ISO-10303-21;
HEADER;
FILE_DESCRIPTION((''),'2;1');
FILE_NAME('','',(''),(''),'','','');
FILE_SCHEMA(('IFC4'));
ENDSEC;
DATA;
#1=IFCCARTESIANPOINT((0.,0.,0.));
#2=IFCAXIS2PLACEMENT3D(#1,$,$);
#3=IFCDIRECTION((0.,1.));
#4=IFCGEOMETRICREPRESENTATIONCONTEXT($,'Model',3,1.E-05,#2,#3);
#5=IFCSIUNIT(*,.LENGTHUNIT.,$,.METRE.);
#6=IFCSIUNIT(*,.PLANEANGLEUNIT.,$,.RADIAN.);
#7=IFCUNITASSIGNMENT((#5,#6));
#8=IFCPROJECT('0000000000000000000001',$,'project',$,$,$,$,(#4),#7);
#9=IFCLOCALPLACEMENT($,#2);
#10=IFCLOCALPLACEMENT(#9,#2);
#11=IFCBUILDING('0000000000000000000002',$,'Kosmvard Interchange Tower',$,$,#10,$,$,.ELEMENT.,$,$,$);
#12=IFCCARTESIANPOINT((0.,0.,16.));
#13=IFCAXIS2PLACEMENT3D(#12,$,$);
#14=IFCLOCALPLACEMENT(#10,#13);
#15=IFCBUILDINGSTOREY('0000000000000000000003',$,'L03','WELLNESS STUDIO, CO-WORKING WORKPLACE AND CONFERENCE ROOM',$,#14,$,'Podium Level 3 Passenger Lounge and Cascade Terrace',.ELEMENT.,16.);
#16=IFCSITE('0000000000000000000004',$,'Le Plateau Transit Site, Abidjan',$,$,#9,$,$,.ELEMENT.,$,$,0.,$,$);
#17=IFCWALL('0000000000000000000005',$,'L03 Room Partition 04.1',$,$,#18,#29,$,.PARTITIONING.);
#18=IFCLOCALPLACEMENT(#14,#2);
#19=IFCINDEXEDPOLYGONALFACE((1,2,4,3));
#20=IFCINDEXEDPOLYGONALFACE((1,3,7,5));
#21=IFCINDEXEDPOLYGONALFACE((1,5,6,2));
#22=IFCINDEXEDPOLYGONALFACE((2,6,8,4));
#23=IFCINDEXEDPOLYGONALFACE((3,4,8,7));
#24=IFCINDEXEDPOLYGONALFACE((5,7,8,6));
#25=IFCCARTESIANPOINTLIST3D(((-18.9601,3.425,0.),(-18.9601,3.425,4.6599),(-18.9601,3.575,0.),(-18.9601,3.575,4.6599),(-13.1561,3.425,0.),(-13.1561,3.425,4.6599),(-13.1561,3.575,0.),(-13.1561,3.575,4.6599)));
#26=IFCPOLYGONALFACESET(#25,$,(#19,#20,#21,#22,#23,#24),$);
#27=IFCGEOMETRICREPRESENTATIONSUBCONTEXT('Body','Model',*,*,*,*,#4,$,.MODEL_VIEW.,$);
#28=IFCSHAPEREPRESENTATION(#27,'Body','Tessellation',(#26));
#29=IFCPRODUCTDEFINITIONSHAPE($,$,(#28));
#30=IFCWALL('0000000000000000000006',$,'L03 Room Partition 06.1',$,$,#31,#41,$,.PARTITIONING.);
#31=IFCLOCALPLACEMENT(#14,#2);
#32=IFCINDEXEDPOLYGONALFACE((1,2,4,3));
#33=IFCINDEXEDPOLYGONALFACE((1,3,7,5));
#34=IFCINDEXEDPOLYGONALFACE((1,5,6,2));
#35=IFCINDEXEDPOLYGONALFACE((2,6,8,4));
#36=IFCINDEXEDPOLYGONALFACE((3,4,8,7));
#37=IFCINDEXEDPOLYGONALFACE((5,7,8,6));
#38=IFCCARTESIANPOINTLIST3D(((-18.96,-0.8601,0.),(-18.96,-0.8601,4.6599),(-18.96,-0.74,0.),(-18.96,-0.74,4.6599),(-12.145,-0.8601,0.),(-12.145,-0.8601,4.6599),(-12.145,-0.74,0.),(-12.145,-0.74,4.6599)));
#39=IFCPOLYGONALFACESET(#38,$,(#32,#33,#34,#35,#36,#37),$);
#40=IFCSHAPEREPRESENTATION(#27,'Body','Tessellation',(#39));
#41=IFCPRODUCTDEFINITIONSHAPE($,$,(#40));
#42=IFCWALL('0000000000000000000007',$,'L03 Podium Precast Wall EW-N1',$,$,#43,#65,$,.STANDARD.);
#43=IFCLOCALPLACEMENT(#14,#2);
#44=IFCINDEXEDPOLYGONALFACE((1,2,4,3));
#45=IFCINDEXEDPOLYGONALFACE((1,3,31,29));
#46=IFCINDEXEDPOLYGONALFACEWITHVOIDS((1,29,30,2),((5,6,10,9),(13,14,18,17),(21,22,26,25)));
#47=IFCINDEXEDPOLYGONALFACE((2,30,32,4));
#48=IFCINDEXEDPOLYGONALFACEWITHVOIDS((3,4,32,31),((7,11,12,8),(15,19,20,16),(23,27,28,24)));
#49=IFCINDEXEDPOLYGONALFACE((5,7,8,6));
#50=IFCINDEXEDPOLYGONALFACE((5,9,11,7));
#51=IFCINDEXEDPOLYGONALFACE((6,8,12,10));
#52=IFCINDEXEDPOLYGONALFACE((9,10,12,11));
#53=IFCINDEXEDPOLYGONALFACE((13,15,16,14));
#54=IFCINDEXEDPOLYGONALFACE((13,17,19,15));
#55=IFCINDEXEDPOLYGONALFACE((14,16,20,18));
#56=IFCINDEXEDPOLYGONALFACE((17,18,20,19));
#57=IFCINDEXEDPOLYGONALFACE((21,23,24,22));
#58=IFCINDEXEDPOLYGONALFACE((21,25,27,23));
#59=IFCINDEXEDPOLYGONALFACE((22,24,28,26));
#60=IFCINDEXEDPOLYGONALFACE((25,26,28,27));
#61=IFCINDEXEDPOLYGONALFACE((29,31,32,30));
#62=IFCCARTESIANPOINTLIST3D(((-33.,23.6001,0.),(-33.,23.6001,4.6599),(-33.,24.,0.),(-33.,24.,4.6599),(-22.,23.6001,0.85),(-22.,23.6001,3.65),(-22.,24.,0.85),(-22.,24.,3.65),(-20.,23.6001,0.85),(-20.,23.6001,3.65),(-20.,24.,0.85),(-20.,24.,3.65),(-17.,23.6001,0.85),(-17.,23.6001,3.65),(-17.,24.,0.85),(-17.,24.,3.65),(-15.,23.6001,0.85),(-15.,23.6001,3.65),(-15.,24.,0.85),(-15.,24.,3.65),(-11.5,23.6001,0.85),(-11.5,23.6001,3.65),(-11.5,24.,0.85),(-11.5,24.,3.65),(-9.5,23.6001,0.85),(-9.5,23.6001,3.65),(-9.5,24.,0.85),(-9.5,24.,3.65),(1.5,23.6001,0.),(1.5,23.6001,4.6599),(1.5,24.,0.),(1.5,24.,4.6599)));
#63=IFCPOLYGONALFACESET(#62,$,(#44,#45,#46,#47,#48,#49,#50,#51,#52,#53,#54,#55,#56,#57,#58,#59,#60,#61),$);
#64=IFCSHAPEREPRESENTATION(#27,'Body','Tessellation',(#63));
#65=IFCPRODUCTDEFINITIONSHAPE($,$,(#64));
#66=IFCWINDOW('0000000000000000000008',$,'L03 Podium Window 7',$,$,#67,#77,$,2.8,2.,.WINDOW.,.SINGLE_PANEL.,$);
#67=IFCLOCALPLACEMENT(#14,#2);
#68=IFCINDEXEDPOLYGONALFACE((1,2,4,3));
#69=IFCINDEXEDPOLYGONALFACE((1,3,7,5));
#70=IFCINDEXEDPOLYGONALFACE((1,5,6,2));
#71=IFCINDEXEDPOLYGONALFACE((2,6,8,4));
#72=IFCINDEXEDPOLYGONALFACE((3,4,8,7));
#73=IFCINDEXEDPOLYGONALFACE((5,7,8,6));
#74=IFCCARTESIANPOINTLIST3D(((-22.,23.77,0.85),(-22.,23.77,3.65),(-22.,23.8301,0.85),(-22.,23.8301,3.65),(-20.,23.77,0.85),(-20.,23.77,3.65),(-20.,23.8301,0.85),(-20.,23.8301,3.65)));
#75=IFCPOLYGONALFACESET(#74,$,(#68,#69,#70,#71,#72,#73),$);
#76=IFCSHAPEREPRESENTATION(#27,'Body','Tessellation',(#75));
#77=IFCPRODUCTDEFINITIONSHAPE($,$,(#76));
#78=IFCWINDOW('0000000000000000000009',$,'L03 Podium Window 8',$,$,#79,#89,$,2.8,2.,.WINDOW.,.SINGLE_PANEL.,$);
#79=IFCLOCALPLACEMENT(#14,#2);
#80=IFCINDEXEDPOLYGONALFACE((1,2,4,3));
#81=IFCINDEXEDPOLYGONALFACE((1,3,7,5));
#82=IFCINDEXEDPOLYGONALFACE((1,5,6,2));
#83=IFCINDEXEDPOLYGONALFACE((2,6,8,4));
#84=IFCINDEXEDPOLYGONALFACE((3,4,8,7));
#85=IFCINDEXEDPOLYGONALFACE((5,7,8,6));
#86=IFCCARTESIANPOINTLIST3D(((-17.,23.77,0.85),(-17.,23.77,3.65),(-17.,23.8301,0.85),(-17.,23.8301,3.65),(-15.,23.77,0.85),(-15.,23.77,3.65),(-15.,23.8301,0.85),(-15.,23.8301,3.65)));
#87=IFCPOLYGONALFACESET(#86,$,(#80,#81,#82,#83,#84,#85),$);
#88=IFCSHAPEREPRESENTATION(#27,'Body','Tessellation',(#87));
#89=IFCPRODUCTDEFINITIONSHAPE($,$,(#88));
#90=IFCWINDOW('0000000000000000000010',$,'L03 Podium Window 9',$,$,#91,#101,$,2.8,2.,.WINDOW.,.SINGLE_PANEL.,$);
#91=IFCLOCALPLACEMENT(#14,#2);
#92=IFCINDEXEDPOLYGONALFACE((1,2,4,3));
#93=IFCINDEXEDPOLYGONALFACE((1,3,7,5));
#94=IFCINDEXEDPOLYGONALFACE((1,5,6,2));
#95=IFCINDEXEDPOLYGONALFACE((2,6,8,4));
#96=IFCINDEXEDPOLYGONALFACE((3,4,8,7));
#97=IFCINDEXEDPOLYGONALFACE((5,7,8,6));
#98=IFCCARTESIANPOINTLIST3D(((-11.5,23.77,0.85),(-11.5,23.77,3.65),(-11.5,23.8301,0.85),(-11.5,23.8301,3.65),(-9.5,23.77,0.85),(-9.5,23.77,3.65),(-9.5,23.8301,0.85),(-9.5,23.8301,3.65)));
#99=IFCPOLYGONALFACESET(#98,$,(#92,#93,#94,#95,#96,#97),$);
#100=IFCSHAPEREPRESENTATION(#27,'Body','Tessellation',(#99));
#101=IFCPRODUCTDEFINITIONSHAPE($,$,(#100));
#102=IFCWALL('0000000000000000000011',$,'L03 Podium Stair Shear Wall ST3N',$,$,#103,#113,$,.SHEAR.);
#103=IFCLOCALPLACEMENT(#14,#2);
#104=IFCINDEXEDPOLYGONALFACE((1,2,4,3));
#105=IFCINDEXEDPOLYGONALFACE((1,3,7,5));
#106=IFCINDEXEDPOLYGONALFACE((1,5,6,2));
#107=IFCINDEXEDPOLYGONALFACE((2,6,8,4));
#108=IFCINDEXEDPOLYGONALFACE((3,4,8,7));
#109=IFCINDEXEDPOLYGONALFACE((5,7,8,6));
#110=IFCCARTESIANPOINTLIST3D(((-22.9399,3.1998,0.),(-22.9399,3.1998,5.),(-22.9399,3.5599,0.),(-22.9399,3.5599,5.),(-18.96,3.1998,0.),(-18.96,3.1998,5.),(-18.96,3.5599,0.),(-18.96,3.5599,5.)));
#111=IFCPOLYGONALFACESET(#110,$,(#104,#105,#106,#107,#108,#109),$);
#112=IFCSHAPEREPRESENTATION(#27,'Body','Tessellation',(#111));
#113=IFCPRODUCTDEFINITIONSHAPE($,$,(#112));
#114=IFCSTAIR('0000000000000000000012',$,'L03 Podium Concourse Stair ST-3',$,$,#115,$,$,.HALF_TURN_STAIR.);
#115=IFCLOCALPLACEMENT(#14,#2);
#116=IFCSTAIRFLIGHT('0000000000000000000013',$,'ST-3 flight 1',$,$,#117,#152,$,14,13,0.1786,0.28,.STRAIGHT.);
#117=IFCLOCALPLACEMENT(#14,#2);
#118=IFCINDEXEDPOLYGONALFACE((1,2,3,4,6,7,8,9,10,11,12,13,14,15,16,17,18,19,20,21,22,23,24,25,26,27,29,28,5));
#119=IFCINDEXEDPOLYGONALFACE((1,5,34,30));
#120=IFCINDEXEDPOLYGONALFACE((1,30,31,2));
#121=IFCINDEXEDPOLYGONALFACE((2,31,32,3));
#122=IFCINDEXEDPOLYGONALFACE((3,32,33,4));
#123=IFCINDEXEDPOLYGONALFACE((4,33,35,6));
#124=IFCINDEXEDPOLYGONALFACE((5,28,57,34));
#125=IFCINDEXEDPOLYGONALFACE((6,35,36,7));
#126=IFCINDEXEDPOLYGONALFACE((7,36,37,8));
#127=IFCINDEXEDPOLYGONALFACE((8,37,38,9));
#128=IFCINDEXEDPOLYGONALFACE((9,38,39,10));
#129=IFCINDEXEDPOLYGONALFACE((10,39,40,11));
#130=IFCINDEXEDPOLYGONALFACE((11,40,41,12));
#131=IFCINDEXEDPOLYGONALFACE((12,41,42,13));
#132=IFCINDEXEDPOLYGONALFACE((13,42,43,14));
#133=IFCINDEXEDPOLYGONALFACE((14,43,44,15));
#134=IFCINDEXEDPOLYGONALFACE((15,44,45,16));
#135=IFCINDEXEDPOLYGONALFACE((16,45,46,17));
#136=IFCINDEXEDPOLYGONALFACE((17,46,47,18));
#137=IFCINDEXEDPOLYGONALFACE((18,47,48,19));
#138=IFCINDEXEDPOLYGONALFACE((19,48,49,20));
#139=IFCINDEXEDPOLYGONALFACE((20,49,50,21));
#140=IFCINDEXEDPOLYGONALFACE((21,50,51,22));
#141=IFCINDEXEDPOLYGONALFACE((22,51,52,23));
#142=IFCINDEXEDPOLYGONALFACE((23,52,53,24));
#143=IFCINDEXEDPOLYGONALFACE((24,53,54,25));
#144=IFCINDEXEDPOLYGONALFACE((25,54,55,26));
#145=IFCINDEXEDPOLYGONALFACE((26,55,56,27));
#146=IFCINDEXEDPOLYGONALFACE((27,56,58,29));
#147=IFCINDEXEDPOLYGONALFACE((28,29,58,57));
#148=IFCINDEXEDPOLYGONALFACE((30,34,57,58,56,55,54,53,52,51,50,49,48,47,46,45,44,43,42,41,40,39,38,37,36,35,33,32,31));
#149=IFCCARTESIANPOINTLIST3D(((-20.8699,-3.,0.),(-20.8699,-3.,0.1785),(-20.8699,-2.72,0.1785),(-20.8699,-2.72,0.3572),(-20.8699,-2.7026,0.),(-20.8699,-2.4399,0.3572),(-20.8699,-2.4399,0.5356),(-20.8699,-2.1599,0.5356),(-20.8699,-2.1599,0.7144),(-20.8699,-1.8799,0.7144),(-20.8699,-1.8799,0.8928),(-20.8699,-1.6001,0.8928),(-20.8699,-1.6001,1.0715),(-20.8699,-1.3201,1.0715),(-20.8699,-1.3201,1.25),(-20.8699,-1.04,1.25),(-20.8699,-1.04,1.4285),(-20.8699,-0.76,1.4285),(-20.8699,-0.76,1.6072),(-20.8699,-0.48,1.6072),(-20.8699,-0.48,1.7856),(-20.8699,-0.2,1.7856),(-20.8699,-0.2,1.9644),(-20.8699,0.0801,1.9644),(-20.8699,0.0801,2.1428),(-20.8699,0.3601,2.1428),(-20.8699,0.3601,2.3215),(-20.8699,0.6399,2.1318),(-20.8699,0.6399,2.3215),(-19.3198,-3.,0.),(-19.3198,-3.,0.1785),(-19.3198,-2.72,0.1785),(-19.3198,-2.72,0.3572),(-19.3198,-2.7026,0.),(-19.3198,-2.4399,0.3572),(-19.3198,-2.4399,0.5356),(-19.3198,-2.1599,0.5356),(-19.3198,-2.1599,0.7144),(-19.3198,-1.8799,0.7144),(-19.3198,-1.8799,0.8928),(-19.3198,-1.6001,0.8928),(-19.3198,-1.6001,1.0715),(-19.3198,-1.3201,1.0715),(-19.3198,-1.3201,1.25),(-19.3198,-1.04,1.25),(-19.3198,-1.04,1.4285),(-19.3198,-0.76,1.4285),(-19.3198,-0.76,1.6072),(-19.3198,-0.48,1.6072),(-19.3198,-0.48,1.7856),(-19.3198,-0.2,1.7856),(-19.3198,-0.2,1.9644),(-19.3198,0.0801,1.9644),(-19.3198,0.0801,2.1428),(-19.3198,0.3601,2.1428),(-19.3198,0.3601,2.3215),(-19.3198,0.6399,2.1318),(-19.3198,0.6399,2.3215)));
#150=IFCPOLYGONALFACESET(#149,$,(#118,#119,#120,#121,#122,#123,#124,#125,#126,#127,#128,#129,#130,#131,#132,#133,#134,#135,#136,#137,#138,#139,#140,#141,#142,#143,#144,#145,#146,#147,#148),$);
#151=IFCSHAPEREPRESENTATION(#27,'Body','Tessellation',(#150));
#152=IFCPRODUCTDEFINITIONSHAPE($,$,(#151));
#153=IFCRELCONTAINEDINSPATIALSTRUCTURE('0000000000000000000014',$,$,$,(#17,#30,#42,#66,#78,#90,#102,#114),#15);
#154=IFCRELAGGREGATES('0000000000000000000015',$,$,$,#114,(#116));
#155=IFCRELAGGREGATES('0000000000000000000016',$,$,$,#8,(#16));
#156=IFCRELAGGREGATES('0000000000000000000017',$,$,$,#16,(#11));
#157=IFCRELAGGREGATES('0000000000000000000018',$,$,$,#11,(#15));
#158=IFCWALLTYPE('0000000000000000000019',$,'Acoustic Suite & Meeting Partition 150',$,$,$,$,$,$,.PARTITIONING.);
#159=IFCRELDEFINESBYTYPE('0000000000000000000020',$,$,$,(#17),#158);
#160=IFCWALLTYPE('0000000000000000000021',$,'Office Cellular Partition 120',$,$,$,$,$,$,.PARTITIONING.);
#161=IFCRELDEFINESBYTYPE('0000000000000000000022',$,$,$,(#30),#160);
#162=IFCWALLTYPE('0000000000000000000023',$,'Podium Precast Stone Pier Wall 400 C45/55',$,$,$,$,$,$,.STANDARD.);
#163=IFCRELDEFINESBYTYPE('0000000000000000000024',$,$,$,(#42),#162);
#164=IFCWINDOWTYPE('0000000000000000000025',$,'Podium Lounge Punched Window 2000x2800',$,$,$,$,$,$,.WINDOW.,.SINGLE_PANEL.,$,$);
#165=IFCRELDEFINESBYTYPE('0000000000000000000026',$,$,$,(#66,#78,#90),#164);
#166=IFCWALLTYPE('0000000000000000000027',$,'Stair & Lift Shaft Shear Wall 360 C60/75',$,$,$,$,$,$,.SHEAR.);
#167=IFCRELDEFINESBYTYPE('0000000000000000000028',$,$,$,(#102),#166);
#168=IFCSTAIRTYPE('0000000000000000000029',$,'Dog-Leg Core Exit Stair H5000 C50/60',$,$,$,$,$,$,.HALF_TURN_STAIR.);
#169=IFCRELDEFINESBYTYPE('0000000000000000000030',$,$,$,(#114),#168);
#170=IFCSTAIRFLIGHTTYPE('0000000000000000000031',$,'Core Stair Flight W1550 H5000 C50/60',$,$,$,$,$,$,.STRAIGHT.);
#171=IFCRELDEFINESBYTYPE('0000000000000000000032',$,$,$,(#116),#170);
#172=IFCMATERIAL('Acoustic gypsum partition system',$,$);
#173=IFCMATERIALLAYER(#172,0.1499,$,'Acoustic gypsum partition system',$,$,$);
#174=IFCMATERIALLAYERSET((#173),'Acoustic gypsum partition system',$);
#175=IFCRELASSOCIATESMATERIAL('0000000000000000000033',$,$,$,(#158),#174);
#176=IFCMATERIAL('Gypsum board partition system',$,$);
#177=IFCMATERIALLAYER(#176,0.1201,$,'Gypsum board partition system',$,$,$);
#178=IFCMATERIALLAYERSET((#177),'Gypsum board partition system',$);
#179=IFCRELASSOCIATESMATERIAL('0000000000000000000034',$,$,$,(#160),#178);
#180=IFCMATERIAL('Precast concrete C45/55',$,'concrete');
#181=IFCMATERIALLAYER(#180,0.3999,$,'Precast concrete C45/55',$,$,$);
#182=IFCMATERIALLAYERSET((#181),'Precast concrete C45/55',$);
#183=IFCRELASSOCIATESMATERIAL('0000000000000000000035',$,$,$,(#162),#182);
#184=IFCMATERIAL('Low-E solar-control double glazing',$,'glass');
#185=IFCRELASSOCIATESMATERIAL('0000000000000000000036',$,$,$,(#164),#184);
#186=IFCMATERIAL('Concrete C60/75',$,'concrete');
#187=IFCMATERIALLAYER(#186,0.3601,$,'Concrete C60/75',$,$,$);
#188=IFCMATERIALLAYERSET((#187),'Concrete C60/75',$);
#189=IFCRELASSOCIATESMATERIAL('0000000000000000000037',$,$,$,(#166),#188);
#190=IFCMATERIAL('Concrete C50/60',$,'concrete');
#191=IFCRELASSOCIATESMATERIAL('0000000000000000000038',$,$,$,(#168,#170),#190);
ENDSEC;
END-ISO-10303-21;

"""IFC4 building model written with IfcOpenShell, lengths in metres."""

from ifc_helpers import new_model, si_unit, direction, frame, frame_2d, origin, place, context, subcontext, project, spatial, polyline, rectangle, outline, extrude, source, transform, mapped, material, layer, layer_set, type_object, element, fill, aggregate, save


model = new_model("IFC4")

# Units and contexts
model_context = context("Model", 3, precision=1e-05, world=origin(), true_north=direction((0.0, 1.0)))
body_context = subcontext(model_context, "Body", "Model", "MODEL_VIEW")
ifc_project = project(units=[si_unit("LENGTHUNIT", "METRE"), si_unit("PLANEANGLEUNIT", "RADIAN")], contexts=[model_context])

# Site, building, storey
site_placement = place(None, origin())
site = spatial("IfcSite", under=ifc_project, at=site_placement, Name="Le Plateau Transit Site, Abidjan", CompositionType="ELEMENT", RefElevation=0.0)
building_placement = place(site_placement, origin())
building = spatial("IfcBuilding", under=site, at=building_placement, Name="Kosmvard Interchange Tower", CompositionType="ELEMENT")
storey_placement = place(building_placement, frame((0.0, 0.0, 16.0)))
storey = spatial("IfcBuildingStorey", under=building, at=storey_placement, Name="L03", Description="WELLNESS STUDIO, CO-WORKING WORKPLACE AND CONFERENCE ROOM", LongName="Podium Level 3 Passenger Lounge and Cascade Terrace", CompositionType="ELEMENT", Elevation=16.0)

# Shared definitions
ifc_material_1 = material(Name="Concrete C60/75", Category="concrete")

# Walls
ifc_material_2 = material(Name="Acoustic gypsum partition system")
ifc_layer_1 = layer(ifc_material_2, 0.1499, Name="Acoustic gypsum partition system")
ifc_layer_set_1 = layer_set([ifc_layer_1], Name="Acoustic gypsum partition system")
wall_type_1 = type_object("IfcWallType", Name="Acoustic Suite & Meeting Partition 150", PredefinedType="PARTITIONING", material=ifc_layer_set_1)
wall_1_placement = place(storey_placement, frame((-18.96, 3.5, 0.0), z_axis=(0.0, 0.0, 1.0), x_axis=(1.0, 0.0, 0.0)))
element("IfcWall", 1, at=wall_1_placement, inside=storey, type_object=wall_type_1, Name="L03 Room Partition 04.1", PredefinedType="PARTITIONING", context=body_context, shape_type="SweptSolid", body=[
    extrude(rectangle(XDim=5.804, YDim=0.1499, at=frame_2d((2.9019, 0.0))), origin(), (0.0, 0.0, 1.0), 4.6599),
])
ifc_material_3 = material(Name="Gypsum board partition system")
ifc_layer_2 = layer(ifc_material_3, 0.1201, Name="Gypsum board partition system")
ifc_layer_set_2 = layer_set([ifc_layer_2], Name="Gypsum board partition system")
wall_type_2 = type_object("IfcWallType", Name="Office Cellular Partition 120", PredefinedType="PARTITIONING", material=ifc_layer_set_2)
wall_2_placement = place(storey_placement, frame((-18.96, -0.8, 0.0), z_axis=(0.0, 0.0, 1.0), x_axis=(1.0, 0.0, 0.0)))
element("IfcWall", 2, at=wall_2_placement, inside=storey, type_object=wall_type_2, Name="L03 Room Partition 06.1", PredefinedType="PARTITIONING", context=body_context, shape_type="SweptSolid", body=[
    extrude(rectangle(XDim=6.8149, YDim=0.1201, at=frame_2d((3.4075, 0.0))), origin(), (0.0, 0.0, 1.0), 4.6599),
])

# Wall, openings, windows
ifc_material_4 = material(Name="Precast concrete C45/55", Category="concrete")
ifc_layer_3 = layer(ifc_material_4, 0.3999, Name="Precast concrete C45/55")
ifc_layer_set_3 = layer_set([ifc_layer_3], Name="Precast concrete C45/55")
wall_type_3 = type_object("IfcWallType", Name="Podium Precast Stone Pier Wall 400 C45/55", PredefinedType="STANDARD", material=ifc_layer_set_3)
wall_3_placement = place(storey_placement, frame((-33.0, 23.8, 0.0), z_axis=(0.0, 0.0, 1.0), x_axis=(1.0, 0.0, 0.0)))
wall_3 = element("IfcWall", 3, at=wall_3_placement, inside=storey, type_object=wall_type_3, Name="L03 Podium Precast Wall EW-N1", PredefinedType="STANDARD", context=body_context, shape_type="SweptSolid", body=[
    extrude(rectangle(XDim=34.5, YDim=0.3999, at=frame_2d((17.25, 0.0))), origin(), (0.0, 0.0, 1.0), 4.6599),
])
opening_1_placement = place(wall_3_placement, frame((11.0, 0.0, 0.8501)))
opening_1 = element("IfcOpeningElement", 4, at=opening_1_placement, cuts=wall_3, PredefinedType="OPENING", context=body_context, shape_type="SweptSolid", body=[
    extrude(rectangle(XDim=2.0, YDim=2.8, at=frame_2d((1.0, 1.3999))), frame((0.0, 0.21, 0.0), z_axis=(0.0, -1.0, 0.0), x_axis=(1.0, 0.0, 0.0)), (0.0, 0.0, 1.0), 0.4199),
])
opening_2_placement = place(wall_3_placement, frame((16.0, 0.0, 0.8501)))
opening_2 = element("IfcOpeningElement", 5, at=opening_2_placement, cuts=wall_3, PredefinedType="OPENING", context=body_context, shape_type="SweptSolid", body=[
    extrude(rectangle(XDim=2.0, YDim=2.8, at=frame_2d((1.0, 1.3999))), frame((0.0, 0.21, 0.0), z_axis=(0.0, -1.0, 0.0), x_axis=(1.0, 0.0, 0.0)), (0.0, 0.0, 1.0), 0.4199),
])
opening_3_placement = place(wall_3_placement, frame((21.5, 0.0, 0.8501)))
opening_3 = element("IfcOpeningElement", 6, at=opening_3_placement, cuts=wall_3, PredefinedType="OPENING", context=body_context, shape_type="SweptSolid", body=[
    extrude(rectangle(XDim=2.0, YDim=2.8, at=frame_2d((1.0, 1.3999))), frame((0.0, 0.21, 0.0), z_axis=(0.0, -1.0, 0.0), x_axis=(1.0, 0.0, 0.0)), (0.0, 0.0, 1.0), 0.4199),
])
ifc_material_5 = material(Name="Low-E solar-control double glazing", Category="glass")
window_type = type_object("IfcWindowType", Name="Podium Lounge Punched Window 2000x2800", PartitioningType="SINGLE_PANEL", PredefinedType="WINDOW", material=ifc_material_5)
shared_shape_1 = source(origin(), body_context, "Body", "SweptSolid", [
    extrude(rectangle(XDim=2.0, YDim=2.8, at=frame_2d((1.0, 1.3999))), frame((0.0, 0.03, 0.0), z_axis=(0.0, -1.0, 0.0), x_axis=(1.0, 0.0, 0.0)), (0.0, 0.0, 1.0), 0.0601),
])
window_1_placement = place(opening_1_placement, origin())
window_1 = element("IfcWindow", 7, at=window_1_placement, inside=storey, type_object=window_type, Name="L03 Podium Window 7", OverallHeight=2.8, OverallWidth=2.0, PartitioningType="SINGLE_PANEL", PredefinedType="WINDOW", context=body_context, shape_type="MappedRepresentation", body=[
    mapped(shared_shape_1, transform((0.0, 0.0, 0.0), scale=1.0)),
])
fill(opening_1, window_1)
window_2_placement = place(opening_2_placement, origin())
window_2 = element("IfcWindow", 8, at=window_2_placement, inside=storey, type_object=window_type, Name="L03 Podium Window 8", OverallHeight=2.8, OverallWidth=2.0, PartitioningType="SINGLE_PANEL", PredefinedType="WINDOW", context=body_context, shape_type="MappedRepresentation", body=[
    mapped(shared_shape_1, transform((0.0, 0.0, 0.0), scale=1.0)),
])
fill(opening_2, window_2)
window_3_placement = place(opening_3_placement, origin())
window_3 = element("IfcWindow", 9, at=window_3_placement, inside=storey, type_object=window_type, Name="L03 Podium Window 9", OverallHeight=2.8, OverallWidth=2.0, PartitioningType="SINGLE_PANEL", PredefinedType="WINDOW", context=body_context, shape_type="MappedRepresentation", body=[
    mapped(shared_shape_1, transform((0.0, 0.0, 0.0), scale=1.0)),
])
fill(opening_3, window_3)

# Wall
ifc_layer_4 = layer(ifc_material_1, 0.3601, Name="Concrete C60/75")
ifc_layer_set_4 = layer_set([ifc_layer_4], Name="Concrete C60/75")
wall_type_4 = type_object("IfcWallType", Name="Stair & Lift Shaft Shear Wall 360 C60/75", PredefinedType="SHEAR", material=ifc_layer_set_4)
wall_4_placement = place(storey_placement, frame((-22.9399, 3.3799, 0.0), z_axis=(0.0, 0.0, 1.0), x_axis=(1.0, 0.0, 0.0)))
element("IfcWall", 10, at=wall_4_placement, inside=storey, type_object=wall_type_4, Name="L03 Podium Stair Shear Wall ST3N", PredefinedType="SHEAR", context=body_context, shape_type="SweptSolid", body=[
    extrude(rectangle(XDim=3.98, YDim=0.3601, at=frame_2d((1.99, 0.0))), origin(), (0.0, 0.0, 1.0), 5.0),
])

# Stair, stair flight
ifc_material_6 = material(Name="Concrete C50/60", Category="concrete")
stair_type = type_object("IfcStairType", Name="Dog-Leg Core Exit Stair H5000 C50/60", PredefinedType="HALF_TURN_STAIR", material=ifc_material_6)
stair_placement = place(storey_placement, origin())
stair = element("IfcStair", 11, at=stair_placement, inside=storey, type_object=stair_type, Name="L03 Podium Concourse Stair ST-3", PredefinedType="HALF_TURN_STAIR")
stair_flight_type = type_object("IfcStairFlightType", Name="Core Stair Flight W1550 H5000 C50/60", PredefinedType="STRAIGHT", material=ifc_material_6)
shared_shape_2 = source(origin(), body_context, "Body", "SweptSolid", [
    extrude(outline(polyline([(0.0, 0.0), (0.0, 0.1785), (0.28, 0.1785), (0.28, 0.3572), (0.5601, 0.3572), (0.5601, 0.5356), (0.8401, 0.5356), (0.8401, 0.7144), (1.1201, 0.7144), (1.1201, 0.8928), (1.3999, 0.8928), (1.3999, 1.0715), (1.6799, 1.0715), (1.6799, 1.25), (1.96, 1.25), (1.96, 1.4285), (2.24, 1.4285), (2.24, 1.6072), (2.52, 1.6072), (2.52, 1.7856), (2.8, 1.7856), (2.8, 1.9644), (3.0801, 1.9644), (3.0801, 2.1428), (3.3601, 2.1428), (3.3601, 2.3215), (3.6399, 2.3215), (3.6399, 2.5), (3.6399, 2.1318), (0.2974, 0.0), (0.0, 0.0)])), frame((0.0, 0.7749, 0.0), z_axis=(0.0, -1.0, 0.0), x_axis=(1.0, 0.0, 0.0)), (0.0, 0.0, 1.0), 1.55),
])
stair_flight_1_placement = place(storey_placement, frame((-20.095, -3.0, 0.0), z_axis=(0.0, 0.0, 1.0), x_axis=(0.0, 1.0, 0.0)))
stair_flight_1 = element("IfcStairFlight", 12, at=stair_flight_1_placement, type_object=stair_flight_type, Name="ST-3 flight 1", NumberOfRisers=14, NumberOfTreads=13, PredefinedType="STRAIGHT", RiserHeight=0.1786, TreadLength=0.28, context=body_context, shape_type="MappedRepresentation", body=[
    mapped(shared_shape_2, transform((0.0, 0.0, 0.0), scale=1.0)),
])
aggregate(stair, [stair_flight_1])

save(model, "model.ifc")
